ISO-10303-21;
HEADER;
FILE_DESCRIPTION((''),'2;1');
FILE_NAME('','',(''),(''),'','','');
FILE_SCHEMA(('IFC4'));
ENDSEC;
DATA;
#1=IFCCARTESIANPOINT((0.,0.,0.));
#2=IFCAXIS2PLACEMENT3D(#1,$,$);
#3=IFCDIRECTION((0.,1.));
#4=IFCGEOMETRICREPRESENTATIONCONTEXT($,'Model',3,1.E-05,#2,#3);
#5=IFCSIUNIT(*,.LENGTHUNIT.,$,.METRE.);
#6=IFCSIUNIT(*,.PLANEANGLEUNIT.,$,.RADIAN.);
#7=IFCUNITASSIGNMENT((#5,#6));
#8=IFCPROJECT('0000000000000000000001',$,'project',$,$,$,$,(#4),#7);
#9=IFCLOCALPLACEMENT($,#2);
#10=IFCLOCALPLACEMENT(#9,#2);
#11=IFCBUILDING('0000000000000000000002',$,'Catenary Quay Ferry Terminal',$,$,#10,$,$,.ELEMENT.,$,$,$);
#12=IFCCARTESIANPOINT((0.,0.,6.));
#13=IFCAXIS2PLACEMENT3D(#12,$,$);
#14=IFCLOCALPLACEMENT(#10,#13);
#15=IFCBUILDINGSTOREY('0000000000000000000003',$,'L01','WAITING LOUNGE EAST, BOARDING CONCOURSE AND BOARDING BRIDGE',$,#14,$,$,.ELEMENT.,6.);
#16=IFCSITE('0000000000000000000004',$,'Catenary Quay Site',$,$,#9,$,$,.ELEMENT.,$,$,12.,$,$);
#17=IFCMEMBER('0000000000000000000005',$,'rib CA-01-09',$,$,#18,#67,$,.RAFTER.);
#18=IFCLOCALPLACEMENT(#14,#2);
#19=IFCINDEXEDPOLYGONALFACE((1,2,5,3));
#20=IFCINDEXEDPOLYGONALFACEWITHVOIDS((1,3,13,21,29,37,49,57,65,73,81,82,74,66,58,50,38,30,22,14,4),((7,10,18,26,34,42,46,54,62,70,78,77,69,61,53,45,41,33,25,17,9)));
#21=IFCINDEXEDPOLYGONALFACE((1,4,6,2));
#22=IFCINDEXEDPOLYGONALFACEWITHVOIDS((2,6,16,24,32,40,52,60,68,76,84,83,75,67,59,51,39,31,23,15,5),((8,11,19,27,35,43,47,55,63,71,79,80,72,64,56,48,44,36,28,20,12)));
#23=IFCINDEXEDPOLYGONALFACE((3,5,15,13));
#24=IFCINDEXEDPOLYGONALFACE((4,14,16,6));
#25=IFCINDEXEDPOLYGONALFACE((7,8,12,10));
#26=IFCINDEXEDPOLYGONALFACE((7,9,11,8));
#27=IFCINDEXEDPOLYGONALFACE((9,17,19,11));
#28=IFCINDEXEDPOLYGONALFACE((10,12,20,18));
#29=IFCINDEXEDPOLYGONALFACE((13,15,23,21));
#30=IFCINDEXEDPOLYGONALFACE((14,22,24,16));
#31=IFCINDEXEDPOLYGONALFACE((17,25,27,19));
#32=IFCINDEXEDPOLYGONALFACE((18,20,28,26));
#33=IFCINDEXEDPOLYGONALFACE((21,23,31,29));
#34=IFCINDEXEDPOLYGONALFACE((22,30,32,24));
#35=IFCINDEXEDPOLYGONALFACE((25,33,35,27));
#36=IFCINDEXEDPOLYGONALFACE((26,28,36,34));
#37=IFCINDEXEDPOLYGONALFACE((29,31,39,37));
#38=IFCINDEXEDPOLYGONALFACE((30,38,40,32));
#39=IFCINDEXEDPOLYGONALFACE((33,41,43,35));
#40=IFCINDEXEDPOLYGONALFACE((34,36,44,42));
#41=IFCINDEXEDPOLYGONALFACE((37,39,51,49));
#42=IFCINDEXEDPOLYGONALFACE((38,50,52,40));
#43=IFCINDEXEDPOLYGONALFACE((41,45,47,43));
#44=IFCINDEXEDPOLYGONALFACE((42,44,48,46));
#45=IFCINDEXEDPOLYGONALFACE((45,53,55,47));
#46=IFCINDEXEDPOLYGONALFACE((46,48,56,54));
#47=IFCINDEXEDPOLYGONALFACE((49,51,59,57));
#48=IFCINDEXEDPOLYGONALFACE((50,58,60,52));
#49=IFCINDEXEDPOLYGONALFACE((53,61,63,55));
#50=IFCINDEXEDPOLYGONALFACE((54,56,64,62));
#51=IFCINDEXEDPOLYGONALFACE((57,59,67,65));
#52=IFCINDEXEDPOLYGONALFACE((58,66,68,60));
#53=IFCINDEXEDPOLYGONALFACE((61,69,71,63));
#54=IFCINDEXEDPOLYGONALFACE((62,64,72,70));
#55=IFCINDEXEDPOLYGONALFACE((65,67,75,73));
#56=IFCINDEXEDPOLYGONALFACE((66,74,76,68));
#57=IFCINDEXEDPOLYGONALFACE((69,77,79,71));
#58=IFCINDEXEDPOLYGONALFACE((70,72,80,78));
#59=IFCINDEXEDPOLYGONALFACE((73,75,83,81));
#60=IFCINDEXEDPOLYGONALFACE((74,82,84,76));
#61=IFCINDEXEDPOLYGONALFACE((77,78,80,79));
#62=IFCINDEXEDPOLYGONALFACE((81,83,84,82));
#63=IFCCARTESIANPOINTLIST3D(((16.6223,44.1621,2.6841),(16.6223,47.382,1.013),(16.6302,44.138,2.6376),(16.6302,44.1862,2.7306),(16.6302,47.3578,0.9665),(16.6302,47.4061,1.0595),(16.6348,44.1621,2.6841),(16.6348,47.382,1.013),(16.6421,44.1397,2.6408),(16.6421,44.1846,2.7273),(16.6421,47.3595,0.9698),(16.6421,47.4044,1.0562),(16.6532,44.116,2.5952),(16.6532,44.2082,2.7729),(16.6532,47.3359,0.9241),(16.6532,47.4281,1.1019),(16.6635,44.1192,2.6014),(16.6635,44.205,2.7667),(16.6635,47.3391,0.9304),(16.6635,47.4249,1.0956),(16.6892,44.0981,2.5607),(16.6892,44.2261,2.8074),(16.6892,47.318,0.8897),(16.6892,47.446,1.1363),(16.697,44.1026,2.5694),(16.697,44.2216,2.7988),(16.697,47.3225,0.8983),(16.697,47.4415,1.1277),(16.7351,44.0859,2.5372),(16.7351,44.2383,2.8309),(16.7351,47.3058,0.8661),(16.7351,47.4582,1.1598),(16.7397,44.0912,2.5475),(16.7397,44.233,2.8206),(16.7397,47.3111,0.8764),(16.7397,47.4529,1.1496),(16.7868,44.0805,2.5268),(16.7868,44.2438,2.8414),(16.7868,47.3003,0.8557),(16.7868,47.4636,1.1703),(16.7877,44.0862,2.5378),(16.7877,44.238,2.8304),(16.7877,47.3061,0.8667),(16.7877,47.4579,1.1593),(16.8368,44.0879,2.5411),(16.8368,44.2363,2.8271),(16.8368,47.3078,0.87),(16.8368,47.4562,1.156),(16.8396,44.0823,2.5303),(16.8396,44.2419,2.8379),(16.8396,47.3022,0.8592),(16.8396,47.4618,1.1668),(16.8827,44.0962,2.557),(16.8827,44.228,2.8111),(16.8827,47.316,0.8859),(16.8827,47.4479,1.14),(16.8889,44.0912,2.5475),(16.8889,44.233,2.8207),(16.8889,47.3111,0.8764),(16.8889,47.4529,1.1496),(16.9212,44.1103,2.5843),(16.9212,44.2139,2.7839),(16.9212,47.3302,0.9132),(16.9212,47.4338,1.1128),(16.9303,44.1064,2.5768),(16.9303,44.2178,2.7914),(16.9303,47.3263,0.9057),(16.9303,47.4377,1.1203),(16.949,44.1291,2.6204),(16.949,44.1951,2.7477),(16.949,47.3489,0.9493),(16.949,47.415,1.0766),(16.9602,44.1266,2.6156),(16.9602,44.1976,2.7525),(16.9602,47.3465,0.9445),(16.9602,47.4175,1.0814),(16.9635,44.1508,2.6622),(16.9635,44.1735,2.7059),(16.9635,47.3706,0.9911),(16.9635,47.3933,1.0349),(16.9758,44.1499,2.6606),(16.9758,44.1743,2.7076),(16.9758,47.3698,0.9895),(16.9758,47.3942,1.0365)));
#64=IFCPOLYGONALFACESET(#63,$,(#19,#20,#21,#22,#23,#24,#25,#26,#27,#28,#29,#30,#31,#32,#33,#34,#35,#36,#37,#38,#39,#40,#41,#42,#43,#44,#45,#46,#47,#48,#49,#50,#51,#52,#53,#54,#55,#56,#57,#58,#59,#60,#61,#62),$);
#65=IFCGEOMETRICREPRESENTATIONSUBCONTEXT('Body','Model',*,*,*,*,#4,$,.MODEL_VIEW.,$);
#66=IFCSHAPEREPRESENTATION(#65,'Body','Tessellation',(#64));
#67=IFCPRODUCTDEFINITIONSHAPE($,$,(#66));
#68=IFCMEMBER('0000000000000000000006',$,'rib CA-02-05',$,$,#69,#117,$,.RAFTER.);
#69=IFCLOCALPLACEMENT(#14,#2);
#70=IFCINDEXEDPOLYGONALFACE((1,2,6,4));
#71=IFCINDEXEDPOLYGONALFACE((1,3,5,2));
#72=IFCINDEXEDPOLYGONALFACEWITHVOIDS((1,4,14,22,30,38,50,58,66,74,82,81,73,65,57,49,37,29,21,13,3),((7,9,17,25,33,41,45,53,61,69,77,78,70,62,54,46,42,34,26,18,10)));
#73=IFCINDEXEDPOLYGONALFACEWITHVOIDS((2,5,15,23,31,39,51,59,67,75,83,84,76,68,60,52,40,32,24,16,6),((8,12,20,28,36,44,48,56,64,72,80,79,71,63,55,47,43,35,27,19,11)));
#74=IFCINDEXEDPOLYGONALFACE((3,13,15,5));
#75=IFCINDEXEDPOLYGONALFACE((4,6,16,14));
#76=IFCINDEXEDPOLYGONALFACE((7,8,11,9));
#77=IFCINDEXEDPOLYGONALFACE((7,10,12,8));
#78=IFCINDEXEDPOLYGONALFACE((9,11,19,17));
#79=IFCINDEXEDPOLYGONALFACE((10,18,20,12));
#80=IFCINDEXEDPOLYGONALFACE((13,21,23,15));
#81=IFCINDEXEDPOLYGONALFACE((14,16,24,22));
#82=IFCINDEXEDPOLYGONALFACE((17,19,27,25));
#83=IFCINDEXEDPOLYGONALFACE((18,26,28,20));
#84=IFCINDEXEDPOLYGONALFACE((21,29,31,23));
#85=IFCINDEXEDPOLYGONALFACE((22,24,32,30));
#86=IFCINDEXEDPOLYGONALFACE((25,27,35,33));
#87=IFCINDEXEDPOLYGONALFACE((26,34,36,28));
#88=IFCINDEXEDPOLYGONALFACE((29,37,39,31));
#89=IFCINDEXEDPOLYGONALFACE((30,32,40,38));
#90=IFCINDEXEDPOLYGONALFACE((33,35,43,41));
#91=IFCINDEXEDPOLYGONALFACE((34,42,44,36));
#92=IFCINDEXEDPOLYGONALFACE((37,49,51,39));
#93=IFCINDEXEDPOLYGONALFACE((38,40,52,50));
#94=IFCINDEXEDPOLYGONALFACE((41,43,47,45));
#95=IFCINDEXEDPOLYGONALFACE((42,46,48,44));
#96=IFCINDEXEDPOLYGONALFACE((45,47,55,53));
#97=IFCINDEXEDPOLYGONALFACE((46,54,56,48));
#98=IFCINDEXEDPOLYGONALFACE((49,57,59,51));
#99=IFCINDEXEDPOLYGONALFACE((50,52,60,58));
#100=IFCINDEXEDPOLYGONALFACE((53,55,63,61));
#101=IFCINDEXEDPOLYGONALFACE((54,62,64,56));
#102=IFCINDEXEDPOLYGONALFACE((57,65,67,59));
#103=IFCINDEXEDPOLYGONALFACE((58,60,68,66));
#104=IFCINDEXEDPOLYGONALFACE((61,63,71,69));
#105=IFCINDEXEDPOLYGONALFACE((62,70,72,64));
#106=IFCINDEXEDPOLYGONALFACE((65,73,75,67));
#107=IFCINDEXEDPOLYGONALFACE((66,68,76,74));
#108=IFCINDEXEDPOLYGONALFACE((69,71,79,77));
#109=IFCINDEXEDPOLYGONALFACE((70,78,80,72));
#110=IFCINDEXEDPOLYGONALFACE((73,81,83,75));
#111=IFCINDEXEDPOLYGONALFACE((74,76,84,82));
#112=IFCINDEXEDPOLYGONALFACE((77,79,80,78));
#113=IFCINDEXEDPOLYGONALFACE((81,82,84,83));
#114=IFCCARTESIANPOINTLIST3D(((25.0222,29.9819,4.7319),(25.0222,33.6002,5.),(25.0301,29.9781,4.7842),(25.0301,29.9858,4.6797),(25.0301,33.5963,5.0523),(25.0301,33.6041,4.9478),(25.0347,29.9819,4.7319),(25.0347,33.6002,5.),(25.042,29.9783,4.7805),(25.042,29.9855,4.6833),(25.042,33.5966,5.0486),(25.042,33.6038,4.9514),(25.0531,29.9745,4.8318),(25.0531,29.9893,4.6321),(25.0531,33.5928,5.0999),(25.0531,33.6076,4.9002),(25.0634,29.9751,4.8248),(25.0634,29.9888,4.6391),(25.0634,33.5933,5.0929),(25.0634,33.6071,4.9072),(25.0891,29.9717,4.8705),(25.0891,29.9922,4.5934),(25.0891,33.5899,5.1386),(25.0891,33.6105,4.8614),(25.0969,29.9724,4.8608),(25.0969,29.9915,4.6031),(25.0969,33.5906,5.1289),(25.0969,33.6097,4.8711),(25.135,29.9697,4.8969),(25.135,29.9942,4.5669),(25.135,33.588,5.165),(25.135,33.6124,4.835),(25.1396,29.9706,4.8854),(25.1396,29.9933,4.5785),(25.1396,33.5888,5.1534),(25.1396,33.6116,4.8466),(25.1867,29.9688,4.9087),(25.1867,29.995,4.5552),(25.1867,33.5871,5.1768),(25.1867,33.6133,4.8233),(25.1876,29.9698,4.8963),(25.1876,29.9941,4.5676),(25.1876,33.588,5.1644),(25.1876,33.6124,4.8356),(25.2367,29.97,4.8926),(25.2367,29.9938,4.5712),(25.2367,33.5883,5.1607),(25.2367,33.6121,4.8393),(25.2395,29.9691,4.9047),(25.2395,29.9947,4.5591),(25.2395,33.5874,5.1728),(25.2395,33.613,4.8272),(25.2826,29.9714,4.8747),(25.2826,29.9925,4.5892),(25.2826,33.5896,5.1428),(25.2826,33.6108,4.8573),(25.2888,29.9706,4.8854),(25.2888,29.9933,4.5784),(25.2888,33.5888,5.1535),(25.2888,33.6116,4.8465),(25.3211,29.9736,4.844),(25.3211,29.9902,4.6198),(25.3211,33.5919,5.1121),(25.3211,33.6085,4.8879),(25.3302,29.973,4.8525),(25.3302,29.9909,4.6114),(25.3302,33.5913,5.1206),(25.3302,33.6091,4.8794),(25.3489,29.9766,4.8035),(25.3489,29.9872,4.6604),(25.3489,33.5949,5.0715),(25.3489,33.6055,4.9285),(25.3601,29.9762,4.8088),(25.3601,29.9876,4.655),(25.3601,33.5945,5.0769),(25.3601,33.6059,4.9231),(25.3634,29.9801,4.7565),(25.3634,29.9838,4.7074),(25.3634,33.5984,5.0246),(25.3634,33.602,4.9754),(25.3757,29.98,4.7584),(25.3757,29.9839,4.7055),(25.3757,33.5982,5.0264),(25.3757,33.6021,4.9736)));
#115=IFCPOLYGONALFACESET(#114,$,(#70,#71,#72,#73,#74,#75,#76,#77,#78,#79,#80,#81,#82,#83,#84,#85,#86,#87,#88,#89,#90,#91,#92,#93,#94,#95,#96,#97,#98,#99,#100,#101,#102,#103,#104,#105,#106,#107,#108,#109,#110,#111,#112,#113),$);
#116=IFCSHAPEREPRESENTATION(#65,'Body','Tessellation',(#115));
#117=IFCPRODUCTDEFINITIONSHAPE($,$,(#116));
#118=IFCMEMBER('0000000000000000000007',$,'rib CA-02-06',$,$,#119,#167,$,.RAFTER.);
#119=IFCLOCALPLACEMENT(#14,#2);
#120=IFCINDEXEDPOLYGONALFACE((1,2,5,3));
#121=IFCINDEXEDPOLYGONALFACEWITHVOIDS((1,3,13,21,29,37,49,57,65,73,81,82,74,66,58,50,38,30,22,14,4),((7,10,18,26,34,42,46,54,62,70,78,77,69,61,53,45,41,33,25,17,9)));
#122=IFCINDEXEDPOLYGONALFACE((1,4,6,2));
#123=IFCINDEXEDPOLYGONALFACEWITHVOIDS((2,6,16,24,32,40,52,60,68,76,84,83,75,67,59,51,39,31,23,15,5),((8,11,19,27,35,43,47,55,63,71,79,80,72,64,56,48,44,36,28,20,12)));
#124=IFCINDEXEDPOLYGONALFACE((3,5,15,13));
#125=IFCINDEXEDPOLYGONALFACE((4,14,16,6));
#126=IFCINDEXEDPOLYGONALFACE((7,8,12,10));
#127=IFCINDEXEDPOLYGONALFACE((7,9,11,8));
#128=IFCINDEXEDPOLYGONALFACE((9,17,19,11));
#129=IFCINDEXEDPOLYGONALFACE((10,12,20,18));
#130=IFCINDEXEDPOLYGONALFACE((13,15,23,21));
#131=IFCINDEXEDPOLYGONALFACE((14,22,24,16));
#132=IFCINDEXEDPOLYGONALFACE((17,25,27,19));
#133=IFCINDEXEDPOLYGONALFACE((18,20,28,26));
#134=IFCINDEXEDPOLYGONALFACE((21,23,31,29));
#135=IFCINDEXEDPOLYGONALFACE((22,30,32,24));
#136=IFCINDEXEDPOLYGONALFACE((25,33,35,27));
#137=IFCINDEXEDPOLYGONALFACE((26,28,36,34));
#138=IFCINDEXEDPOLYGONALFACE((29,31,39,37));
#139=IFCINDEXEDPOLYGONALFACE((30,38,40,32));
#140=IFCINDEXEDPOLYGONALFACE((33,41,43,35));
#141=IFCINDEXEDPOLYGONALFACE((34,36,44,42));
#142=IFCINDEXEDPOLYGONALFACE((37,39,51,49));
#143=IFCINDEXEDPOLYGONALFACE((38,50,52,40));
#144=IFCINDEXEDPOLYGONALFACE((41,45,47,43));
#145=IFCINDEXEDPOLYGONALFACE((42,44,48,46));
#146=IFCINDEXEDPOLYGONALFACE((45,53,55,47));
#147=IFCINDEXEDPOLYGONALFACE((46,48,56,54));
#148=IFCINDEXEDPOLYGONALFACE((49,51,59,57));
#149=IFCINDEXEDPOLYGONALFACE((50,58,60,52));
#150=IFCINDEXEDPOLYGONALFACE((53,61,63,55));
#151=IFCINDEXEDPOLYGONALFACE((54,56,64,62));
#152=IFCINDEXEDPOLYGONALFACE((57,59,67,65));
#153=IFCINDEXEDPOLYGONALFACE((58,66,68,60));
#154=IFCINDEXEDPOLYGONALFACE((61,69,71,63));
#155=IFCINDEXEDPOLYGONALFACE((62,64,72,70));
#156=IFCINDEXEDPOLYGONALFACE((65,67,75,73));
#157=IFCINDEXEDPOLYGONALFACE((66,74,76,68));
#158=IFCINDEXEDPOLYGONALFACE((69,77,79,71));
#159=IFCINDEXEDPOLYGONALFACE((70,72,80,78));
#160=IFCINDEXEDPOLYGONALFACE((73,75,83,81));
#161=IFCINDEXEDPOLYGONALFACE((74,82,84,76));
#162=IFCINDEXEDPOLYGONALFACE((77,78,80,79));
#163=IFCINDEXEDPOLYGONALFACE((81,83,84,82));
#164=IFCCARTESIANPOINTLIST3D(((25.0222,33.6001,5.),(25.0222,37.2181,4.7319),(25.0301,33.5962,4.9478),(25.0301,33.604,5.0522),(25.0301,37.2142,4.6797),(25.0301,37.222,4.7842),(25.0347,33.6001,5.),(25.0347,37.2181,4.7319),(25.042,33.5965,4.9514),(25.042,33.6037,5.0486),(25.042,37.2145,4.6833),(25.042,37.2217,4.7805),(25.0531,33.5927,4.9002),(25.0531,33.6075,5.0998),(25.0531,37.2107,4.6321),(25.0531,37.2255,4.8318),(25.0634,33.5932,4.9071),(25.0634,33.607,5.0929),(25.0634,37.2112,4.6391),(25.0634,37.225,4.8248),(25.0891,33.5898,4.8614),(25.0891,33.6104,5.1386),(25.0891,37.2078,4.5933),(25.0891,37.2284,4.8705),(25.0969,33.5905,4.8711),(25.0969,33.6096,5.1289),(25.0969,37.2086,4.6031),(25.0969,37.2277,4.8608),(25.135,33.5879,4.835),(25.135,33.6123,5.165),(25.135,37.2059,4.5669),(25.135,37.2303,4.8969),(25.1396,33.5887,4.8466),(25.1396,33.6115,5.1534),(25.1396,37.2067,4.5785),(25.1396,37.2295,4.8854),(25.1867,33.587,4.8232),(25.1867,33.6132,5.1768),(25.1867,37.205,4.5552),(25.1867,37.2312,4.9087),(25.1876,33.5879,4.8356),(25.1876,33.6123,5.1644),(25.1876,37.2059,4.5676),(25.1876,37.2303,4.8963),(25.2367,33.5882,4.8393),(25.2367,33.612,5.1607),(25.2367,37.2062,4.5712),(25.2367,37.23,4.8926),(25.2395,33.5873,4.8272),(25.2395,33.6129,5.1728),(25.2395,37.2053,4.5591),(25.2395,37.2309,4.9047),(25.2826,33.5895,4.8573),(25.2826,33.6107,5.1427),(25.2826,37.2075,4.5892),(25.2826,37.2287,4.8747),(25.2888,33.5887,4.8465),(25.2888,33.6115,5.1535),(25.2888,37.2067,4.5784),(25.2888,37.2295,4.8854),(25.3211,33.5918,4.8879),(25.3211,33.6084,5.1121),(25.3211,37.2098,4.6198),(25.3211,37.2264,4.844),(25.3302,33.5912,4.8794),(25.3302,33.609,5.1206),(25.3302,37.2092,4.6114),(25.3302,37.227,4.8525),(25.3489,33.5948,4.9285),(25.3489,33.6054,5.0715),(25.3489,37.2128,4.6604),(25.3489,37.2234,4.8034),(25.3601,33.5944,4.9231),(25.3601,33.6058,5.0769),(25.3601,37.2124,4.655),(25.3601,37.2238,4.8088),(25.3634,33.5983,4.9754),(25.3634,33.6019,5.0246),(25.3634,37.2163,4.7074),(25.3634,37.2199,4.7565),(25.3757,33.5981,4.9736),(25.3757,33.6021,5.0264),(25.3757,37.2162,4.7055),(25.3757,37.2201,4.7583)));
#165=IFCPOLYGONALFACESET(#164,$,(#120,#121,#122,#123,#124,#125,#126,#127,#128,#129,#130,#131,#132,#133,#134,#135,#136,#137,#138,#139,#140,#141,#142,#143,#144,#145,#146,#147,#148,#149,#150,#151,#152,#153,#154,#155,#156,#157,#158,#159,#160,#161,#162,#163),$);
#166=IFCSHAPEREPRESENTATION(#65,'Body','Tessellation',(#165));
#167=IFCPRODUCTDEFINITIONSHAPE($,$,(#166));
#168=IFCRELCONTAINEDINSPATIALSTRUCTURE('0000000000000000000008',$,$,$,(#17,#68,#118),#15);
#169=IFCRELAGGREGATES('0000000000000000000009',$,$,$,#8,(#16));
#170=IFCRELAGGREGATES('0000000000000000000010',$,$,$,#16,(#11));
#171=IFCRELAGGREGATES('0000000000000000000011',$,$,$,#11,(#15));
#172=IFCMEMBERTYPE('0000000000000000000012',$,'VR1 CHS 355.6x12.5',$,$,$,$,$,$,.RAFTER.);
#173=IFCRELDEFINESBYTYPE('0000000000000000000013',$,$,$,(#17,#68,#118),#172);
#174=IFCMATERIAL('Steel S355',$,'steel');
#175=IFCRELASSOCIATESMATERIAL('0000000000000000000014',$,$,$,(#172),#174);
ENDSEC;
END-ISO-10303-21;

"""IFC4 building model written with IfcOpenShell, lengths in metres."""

from ifc_helpers import new_model, si_unit, direction, frame, origin, origin_2d, place, context, subcontext, project, spatial, hollow_circle, extrude, material, material_profile, profile_set, type_object, element, save


model = new_model("IFC4")

# Units and contexts
model_context = context("Model", 3, precision=1e-05, world=origin(), true_north=direction((0.0, 1.0)))
body_context = subcontext(model_context, "Body", "Model", "MODEL_VIEW")
ifc_project = project(units=[si_unit("LENGTHUNIT", "METRE"), si_unit("PLANEANGLEUNIT", "RADIAN")], contexts=[model_context])

# Site, building, storey
site_placement = place(None, origin())
site = spatial("IfcSite", under=ifc_project, at=site_placement, Name="Catenary Quay Site", CompositionType="ELEMENT", RefElevation=12.0)
building_placement = place(site_placement, origin())
building = spatial("IfcBuilding", under=site, at=building_placement, Name="Catenary Quay Ferry Terminal", CompositionType="ELEMENT")
storey_placement = place(building_placement, frame((0.0, 0.0, 6.0)))
storey = spatial("IfcBuildingStorey", under=building, at=storey_placement, Name="L01", Description="WAITING LOUNGE EAST, BOARDING CONCOURSE AND BOARDING BRIDGE", CompositionType="ELEMENT", Elevation=6.0)

# Members
ifc_material_1 = material(Name="Steel S355", Category="steel")
ifc_material_profile_1 = material_profile(ifc_material_1, hollow_circle(Radius=0.1777, WallThickness=0.0125, at=origin_2d()), Name="CHS 355.6x12.5")
ifc_profile_set_1 = profile_set([ifc_material_profile_1], Name="Steel S355")
member_type_1 = type_object("IfcMemberType", Name="VR1 CHS 355.6x12.5", PredefinedType="RAFTER", material=ifc_profile_set_1)
member_1_placement = place(storey_placement, frame((16.8, 44.1621, 2.6841), z_axis=(0.0, 0.887582, -0.460649), x_axis=(-1.0, 0.0, 0.0)))
element("IfcMember", 1, at=member_1_placement, inside=storey, type_object=member_type_1, Name="rib CA-01-09", PredefinedType="RAFTER", context=body_context, shape_type="SweptSolid", body=[
    extrude(hollow_circle(Radius=0.1777, WallThickness=0.0125, at=origin_2d()), origin(), (0.0, 0.0, 1.0), 3.6277),
])
member_2_placement = place(storey_placement, frame((25.2, 29.9819, 4.7319), z_axis=(0.0, 0.997267, 0.073887), x_axis=(-1.0, 0.0, 0.0)))
element("IfcMember", 2, at=member_2_placement, inside=storey, type_object=member_type_1, Name="rib CA-02-05", PredefinedType="RAFTER", context=body_context, shape_type="SweptSolid", body=[
    extrude(hollow_circle(Radius=0.1777, WallThickness=0.0125, at=origin_2d()), origin(), (0.0, 0.0, 1.0), 3.6282),
])
member_3_placement = place(storey_placement, frame((25.2, 33.6001, 5.0), z_axis=(0.0, 0.997266, -0.073892), x_axis=(-1.0, 0.0, 0.0)))
element("IfcMember", 3, at=member_3_placement, inside=storey, type_object=member_type_1, Name="rib CA-02-06", PredefinedType="RAFTER", context=body_context, shape_type="SweptSolid", body=[
    extrude(hollow_circle(Radius=0.1777, WallThickness=0.0125, at=origin_2d()), origin(), (0.0, 0.0, 1.0), 3.6279),
])

save(model, "model.ifc")
